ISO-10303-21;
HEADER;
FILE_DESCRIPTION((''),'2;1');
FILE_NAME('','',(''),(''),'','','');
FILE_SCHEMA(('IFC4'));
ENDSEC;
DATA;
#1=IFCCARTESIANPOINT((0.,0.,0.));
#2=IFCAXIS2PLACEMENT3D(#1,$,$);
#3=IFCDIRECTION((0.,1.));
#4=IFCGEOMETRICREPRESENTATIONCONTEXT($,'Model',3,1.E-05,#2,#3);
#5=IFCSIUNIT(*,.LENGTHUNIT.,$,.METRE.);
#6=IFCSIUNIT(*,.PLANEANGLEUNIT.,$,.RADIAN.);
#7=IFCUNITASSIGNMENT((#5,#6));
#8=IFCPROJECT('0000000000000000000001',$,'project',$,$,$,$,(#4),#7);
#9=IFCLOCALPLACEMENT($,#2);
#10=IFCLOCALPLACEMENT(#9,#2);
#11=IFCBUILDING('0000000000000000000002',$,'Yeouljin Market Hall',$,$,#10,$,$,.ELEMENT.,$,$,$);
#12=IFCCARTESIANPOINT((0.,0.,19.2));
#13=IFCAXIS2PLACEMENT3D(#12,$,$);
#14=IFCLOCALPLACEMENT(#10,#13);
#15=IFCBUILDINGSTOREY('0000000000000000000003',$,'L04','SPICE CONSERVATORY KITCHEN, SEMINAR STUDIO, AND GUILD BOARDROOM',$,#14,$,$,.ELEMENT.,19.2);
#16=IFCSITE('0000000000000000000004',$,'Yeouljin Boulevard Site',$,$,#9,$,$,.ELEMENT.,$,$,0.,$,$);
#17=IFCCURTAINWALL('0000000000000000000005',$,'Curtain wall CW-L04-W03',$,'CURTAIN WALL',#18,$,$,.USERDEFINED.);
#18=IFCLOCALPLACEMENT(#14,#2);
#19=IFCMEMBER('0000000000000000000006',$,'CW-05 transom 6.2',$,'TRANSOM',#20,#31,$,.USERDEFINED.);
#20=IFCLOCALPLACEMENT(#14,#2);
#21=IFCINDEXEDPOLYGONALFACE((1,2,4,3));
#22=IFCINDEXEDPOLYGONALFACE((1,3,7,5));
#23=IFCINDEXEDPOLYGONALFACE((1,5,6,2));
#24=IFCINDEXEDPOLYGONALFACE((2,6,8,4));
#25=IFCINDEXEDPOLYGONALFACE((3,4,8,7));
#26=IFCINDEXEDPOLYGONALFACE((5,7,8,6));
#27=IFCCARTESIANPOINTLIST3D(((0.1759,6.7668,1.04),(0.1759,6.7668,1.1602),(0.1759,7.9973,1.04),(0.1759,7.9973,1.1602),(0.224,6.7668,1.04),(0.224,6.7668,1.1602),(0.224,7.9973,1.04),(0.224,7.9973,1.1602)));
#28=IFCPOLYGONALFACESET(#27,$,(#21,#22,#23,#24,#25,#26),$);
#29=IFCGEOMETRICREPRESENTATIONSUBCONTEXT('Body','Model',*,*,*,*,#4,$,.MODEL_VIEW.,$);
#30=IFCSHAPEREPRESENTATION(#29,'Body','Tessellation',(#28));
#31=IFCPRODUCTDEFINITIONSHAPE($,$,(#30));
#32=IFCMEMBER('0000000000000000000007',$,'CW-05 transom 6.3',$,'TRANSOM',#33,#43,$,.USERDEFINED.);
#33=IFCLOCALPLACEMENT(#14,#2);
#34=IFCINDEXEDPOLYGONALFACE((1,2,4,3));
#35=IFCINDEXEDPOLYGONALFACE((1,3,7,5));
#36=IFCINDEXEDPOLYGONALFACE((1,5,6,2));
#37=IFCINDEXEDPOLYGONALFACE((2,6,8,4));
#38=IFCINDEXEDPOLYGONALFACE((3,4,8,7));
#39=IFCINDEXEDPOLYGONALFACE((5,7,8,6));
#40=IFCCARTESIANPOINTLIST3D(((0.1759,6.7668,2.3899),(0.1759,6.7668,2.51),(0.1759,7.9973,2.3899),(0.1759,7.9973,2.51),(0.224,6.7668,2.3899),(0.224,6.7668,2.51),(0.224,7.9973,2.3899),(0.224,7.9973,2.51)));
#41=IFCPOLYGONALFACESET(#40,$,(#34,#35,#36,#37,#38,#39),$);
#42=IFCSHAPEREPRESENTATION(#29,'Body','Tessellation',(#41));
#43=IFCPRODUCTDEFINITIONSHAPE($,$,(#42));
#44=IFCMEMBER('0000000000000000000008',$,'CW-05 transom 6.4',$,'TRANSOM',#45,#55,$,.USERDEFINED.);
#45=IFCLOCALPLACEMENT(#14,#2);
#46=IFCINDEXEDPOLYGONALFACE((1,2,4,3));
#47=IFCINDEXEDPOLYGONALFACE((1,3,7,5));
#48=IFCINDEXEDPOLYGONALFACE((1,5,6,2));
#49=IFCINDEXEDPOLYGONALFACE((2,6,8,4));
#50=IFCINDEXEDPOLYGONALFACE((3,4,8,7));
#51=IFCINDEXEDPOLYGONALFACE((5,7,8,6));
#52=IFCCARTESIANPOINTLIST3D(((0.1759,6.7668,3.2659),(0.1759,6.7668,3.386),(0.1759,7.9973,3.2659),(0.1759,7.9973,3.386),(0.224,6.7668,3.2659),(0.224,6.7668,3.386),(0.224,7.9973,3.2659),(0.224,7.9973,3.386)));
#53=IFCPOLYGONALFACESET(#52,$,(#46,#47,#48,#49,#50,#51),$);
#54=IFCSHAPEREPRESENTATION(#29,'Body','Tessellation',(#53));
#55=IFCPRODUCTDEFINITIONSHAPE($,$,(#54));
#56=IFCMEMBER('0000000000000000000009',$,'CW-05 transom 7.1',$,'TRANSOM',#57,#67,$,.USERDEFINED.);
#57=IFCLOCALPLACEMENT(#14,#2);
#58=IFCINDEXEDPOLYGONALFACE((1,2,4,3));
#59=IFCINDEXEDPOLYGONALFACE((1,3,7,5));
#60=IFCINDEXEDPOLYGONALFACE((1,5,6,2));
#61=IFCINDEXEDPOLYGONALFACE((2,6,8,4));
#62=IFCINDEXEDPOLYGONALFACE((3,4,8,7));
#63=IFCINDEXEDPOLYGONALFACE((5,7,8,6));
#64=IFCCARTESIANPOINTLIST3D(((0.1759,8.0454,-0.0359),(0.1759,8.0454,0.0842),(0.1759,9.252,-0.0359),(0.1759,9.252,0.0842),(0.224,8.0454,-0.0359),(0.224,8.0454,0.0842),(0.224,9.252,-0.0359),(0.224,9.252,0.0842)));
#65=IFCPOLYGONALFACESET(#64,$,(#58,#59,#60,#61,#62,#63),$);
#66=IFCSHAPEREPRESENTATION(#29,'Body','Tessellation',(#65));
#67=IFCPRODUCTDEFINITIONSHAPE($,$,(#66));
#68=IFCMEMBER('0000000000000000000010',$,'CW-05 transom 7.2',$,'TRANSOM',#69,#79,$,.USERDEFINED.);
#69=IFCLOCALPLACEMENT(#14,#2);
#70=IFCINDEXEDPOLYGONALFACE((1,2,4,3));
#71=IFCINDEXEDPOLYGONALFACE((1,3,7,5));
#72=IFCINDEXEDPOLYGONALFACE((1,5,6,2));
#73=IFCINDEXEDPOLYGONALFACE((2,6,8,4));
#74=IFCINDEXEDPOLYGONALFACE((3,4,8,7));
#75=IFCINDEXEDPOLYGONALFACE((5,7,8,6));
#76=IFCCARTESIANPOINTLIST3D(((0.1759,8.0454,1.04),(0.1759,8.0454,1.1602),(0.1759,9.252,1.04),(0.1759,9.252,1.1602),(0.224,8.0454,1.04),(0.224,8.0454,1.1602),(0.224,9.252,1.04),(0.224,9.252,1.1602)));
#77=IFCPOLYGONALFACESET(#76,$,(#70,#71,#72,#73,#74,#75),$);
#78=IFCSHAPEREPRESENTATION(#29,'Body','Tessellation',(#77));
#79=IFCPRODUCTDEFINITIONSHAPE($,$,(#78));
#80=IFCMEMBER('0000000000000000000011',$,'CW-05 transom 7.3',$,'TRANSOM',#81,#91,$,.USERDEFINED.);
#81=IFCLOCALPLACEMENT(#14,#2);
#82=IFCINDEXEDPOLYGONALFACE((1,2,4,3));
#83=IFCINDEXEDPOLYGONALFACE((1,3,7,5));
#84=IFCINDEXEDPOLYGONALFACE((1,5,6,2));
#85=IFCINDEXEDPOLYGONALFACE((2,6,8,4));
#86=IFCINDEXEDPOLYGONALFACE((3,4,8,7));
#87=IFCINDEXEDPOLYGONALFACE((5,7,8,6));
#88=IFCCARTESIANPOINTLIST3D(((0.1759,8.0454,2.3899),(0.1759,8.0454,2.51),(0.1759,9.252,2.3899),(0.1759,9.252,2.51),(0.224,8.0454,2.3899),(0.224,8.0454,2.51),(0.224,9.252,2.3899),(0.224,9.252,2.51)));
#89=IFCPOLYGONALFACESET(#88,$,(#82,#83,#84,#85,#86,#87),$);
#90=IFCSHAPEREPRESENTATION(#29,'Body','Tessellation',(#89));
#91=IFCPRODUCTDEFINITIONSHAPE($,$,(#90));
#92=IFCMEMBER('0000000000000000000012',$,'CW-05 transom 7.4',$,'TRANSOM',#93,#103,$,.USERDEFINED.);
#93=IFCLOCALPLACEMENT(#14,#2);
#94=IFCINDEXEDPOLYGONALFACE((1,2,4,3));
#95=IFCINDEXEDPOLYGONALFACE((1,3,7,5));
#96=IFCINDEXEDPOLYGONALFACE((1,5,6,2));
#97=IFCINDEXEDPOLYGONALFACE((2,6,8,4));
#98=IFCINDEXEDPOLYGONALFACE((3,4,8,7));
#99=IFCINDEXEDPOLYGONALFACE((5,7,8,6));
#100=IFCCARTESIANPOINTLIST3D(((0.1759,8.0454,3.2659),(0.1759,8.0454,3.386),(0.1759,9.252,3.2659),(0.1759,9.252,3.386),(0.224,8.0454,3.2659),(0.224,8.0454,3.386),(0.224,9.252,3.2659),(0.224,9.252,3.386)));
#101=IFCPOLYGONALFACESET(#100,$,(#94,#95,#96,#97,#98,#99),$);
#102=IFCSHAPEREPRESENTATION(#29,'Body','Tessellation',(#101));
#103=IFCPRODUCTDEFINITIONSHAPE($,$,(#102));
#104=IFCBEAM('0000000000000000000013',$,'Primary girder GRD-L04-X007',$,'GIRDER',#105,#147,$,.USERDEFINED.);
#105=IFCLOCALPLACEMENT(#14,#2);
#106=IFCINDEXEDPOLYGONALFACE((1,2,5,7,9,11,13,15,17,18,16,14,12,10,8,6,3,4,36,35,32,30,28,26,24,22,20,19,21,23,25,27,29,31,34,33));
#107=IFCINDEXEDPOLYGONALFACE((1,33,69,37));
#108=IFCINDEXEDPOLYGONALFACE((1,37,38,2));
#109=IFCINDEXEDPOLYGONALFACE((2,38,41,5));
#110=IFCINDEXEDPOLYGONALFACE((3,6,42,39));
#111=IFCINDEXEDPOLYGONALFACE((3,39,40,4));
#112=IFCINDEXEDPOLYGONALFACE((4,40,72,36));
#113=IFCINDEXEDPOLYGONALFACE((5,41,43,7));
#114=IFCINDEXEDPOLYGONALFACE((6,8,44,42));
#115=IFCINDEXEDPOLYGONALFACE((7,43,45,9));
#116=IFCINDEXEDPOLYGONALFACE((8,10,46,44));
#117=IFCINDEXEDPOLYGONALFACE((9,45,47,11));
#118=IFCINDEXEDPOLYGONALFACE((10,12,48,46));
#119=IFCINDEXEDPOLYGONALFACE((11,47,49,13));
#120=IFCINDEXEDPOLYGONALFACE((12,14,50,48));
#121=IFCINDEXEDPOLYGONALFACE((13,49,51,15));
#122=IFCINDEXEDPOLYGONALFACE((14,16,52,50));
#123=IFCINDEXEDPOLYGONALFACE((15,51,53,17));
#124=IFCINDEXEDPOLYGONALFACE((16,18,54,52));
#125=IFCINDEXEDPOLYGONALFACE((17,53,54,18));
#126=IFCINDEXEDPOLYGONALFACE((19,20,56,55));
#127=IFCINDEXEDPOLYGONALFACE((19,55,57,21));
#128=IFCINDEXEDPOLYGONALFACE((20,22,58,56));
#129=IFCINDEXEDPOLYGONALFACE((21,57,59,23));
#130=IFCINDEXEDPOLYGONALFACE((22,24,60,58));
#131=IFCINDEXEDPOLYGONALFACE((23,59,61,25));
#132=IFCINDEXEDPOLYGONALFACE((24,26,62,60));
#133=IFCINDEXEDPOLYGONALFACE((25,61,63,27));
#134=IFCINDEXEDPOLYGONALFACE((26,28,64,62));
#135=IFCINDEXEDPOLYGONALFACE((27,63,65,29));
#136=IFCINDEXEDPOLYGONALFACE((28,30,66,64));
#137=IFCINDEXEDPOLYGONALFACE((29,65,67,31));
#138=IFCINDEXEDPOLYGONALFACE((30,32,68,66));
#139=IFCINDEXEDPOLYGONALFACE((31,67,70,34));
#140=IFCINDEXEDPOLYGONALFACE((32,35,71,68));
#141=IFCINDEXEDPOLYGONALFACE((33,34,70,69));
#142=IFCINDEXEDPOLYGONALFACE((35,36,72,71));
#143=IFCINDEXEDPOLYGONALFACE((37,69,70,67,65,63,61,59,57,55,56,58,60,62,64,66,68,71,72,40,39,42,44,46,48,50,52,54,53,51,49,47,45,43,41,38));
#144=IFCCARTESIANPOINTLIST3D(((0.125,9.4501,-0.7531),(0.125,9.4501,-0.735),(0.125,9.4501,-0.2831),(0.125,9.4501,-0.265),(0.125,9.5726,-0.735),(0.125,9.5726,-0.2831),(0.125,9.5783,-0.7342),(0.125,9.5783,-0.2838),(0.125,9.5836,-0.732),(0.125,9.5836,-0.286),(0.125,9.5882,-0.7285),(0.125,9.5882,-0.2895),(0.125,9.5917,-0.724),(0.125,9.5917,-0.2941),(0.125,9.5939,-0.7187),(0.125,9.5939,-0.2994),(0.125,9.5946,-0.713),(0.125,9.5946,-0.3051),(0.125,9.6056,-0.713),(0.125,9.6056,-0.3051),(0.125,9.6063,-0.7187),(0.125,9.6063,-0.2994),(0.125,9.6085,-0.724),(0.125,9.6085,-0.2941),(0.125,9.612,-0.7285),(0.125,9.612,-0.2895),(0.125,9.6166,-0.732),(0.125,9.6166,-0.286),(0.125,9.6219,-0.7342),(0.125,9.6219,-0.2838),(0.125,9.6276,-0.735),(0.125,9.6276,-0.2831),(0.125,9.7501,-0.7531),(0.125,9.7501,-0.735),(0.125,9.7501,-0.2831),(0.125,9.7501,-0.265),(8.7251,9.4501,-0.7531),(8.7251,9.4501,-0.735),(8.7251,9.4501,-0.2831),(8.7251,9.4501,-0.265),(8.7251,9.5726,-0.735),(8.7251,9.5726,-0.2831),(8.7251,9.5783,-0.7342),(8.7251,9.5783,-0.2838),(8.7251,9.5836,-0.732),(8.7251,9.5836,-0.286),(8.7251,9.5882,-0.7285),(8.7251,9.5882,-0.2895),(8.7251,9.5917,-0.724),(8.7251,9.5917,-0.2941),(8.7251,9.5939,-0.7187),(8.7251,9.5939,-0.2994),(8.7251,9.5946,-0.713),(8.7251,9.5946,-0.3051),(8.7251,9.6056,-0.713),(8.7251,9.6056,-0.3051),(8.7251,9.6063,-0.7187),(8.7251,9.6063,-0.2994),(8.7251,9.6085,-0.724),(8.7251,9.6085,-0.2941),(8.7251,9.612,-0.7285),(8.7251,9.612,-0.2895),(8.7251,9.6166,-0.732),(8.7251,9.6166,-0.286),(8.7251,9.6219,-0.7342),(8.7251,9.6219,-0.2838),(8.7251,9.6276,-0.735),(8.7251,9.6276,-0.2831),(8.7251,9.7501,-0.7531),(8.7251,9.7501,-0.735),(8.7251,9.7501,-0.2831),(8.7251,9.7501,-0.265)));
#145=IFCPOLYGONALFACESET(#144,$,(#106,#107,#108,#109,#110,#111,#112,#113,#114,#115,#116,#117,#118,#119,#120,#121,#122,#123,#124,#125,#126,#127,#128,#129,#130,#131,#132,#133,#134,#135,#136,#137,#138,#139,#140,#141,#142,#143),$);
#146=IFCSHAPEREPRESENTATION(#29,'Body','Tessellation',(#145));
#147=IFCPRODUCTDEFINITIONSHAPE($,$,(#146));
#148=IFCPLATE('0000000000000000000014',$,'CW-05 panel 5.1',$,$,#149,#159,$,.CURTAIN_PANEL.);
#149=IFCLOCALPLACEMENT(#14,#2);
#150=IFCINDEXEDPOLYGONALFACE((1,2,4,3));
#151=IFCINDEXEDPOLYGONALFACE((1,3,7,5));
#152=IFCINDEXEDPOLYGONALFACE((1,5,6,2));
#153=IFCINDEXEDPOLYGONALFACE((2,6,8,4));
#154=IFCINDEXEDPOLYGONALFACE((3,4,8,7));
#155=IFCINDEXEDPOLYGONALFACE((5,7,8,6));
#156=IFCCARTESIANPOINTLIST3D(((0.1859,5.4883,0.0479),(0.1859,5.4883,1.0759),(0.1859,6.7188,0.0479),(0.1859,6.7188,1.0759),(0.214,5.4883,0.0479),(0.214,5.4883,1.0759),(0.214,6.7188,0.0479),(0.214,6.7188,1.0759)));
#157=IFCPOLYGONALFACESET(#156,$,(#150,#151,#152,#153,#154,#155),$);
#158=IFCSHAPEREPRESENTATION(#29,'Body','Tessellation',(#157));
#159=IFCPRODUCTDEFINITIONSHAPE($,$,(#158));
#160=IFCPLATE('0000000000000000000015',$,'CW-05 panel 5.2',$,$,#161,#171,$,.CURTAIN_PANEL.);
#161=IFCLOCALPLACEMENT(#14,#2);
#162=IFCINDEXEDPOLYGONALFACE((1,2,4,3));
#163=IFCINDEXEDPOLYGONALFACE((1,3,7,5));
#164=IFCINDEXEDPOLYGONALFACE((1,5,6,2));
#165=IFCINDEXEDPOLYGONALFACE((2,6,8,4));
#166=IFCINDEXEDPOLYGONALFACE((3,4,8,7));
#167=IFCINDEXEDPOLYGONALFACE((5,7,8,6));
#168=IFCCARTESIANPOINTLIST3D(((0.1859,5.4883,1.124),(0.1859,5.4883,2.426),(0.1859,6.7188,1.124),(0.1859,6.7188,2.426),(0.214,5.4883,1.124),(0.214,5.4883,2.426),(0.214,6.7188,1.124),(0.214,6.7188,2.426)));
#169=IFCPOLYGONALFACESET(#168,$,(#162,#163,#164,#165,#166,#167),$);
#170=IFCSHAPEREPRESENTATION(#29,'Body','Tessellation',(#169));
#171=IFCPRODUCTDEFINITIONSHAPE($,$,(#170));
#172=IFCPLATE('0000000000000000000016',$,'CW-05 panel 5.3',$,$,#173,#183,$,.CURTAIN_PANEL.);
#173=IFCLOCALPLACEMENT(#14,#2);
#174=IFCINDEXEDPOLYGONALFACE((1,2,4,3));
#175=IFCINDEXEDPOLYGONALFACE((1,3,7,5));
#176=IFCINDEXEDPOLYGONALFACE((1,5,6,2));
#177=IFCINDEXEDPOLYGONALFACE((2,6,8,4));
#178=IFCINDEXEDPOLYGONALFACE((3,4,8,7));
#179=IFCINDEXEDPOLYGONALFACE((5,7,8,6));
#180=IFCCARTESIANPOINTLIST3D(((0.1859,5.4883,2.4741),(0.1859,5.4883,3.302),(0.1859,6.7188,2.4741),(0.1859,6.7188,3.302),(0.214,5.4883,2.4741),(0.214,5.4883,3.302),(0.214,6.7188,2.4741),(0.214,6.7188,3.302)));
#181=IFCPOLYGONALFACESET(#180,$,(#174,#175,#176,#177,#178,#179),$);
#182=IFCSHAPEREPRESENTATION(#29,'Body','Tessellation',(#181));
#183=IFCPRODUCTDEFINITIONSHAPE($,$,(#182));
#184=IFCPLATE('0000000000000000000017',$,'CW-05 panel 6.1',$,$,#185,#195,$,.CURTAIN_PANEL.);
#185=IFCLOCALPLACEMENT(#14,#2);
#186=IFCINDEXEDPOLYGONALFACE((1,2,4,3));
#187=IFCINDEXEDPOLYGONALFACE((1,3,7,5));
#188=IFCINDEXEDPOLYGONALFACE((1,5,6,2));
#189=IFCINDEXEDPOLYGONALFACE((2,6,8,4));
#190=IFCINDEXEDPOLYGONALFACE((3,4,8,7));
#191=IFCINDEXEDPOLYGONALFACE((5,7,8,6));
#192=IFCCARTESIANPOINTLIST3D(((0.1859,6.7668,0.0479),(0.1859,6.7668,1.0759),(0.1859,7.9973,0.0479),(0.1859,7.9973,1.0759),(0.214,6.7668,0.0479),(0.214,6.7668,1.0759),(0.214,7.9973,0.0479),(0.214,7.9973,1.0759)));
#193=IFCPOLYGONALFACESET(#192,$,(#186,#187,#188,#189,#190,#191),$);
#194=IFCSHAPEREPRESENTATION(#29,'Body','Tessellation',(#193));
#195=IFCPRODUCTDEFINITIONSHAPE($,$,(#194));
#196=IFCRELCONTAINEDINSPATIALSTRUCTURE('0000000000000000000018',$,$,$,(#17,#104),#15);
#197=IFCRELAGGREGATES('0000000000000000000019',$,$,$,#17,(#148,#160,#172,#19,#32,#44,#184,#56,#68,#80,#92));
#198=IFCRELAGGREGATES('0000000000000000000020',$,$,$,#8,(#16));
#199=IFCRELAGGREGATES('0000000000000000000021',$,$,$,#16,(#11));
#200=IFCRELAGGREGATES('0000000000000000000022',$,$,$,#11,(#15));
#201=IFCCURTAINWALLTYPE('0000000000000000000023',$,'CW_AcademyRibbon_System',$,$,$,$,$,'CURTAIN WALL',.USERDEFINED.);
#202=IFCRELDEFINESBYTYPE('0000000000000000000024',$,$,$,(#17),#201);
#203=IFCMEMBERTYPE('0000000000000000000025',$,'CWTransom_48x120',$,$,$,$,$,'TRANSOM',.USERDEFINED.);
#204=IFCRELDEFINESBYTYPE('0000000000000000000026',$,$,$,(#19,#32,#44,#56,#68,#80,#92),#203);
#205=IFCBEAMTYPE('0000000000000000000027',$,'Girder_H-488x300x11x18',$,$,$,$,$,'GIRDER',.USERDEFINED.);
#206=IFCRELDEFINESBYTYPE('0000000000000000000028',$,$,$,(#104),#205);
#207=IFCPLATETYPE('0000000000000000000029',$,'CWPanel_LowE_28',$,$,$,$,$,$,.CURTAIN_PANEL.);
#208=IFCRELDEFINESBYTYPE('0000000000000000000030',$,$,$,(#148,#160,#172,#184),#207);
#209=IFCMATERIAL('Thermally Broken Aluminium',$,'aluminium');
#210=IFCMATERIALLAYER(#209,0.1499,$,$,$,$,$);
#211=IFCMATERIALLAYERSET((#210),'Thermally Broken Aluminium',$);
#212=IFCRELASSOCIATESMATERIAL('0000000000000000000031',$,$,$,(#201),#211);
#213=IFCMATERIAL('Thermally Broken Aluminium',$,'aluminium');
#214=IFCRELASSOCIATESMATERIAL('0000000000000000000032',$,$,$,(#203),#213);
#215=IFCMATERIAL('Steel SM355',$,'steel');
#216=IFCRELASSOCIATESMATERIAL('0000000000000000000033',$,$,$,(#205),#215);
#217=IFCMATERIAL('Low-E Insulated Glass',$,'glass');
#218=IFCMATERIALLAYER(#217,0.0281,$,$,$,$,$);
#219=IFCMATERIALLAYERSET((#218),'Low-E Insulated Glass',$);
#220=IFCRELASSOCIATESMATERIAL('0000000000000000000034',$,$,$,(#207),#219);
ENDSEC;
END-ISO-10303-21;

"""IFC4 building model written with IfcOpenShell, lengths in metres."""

from ifc_helpers import new_model, si_unit, direction, frame, origin, origin_2d, place, context, subcontext, project, spatial, rectangle, i_section, extrude, material, layer, layer_set, material_profile, profile_set, type_object, element, aggregate, save


model = new_model("IFC4")

# Units and contexts
model_context = context("Model", 3, precision=1e-05, world=origin(), true_north=direction((0.0, 1.0)))
body_context = subcontext(model_context, "Body", "Model", "MODEL_VIEW")
ifc_project = project(units=[si_unit("LENGTHUNIT", "METRE"), si_unit("PLANEANGLEUNIT", "RADIAN")], contexts=[model_context])

# Site, building, storey
site_placement = place(None, origin())
site = spatial("IfcSite", under=ifc_project, at=site_placement, Name="Yeouljin Boulevard Site", CompositionType="ELEMENT", RefElevation=0.0)
building_placement = place(site_placement, origin())
building = spatial("IfcBuilding", under=site, at=building_placement, Name="Yeouljin Market Hall", CompositionType="ELEMENT")
storey_placement = place(building_placement, frame((0.0, 0.0, 19.2)))
storey = spatial("IfcBuildingStorey", under=building, at=storey_placement, Name="L04", Description="SPICE CONSERVATORY KITCHEN, SEMINAR STUDIO, AND GUILD BOARDROOM", CompositionType="ELEMENT", Elevation=19.2)

# Curtain wall, members
ifc_material_1 = material(Name="Thermally Broken Aluminium", Category="aluminium")
ifc_layer_1 = layer(ifc_material_1, 0.1499)
ifc_layer_set_1 = layer_set([ifc_layer_1], Name="Thermally Broken Aluminium")
curtain_wall_type = type_object("IfcCurtainWallType", Name="CW_AcademyRibbon_System", ElementType="CURTAIN WALL", PredefinedType="USERDEFINED", material=ifc_layer_set_1)
curtain_wall_placement = place(storey_placement, origin())
curtain_wall = element("IfcCurtainWall", 1, at=curtain_wall_placement, inside=storey, type_object=curtain_wall_type, Name="Curtain wall CW-L04-W03", ObjectType="CURTAIN WALL", PredefinedType="USERDEFINED")
ifc_material_2 = material(Name="Thermally Broken Aluminium", Category="aluminium")
ifc_material_profile_1 = material_profile(ifc_material_2, rectangle(XDim=0.0481, YDim=0.1201, at=origin_2d()), Name="CW-TRAN-48x120")
ifc_profile_set_1 = profile_set([ifc_material_profile_1], Name="Thermally Broken Aluminium")
member_type_1 = type_object("IfcMemberType", Name="CWTransom_48x120", ElementType="TRANSOM", PredefinedType="USERDEFINED", material=ifc_profile_set_1)
member_1_placement = place(storey_placement, frame((0.2, 6.7668, 1.1001), z_axis=(0.0, 1.0, 0.0), x_axis=(-1.0, 0.0, 0.0)))
member_1 = element("IfcMember", 2, at=member_1_placement, type_object=member_type_1, Name="CW-05 transom 6.2", ObjectType="TRANSOM", PredefinedType="USERDEFINED", context=body_context, shape_type="SweptSolid", body=[
    extrude(rectangle(XDim=0.0481, YDim=0.1201, at=origin_2d()), origin(), (0.0, 0.0, 1.0), 1.2305),
])
member_2_placement = place(storey_placement, frame((0.2, 6.7668, 2.45), z_axis=(0.0, 1.0, 0.0), x_axis=(-1.0, 0.0, 0.0)))
member_2 = element("IfcMember", 3, at=member_2_placement, type_object=member_type_1, Name="CW-05 transom 6.3", ObjectType="TRANSOM", PredefinedType="USERDEFINED", context=body_context, shape_type="SweptSolid", body=[
    extrude(rectangle(XDim=0.0481, YDim=0.1201, at=origin_2d()), origin(), (0.0, 0.0, 1.0), 1.2305),
])
member_3_placement = place(storey_placement, frame((0.2, 6.7668, 3.3259), z_axis=(0.0, 1.0, 0.0), x_axis=(-1.0, 0.0, 0.0)))
member_3 = element("IfcMember", 4, at=member_3_placement, type_object=member_type_1, Name="CW-05 transom 6.4", ObjectType="TRANSOM", PredefinedType="USERDEFINED", context=body_context, shape_type="SweptSolid", body=[
    extrude(rectangle(XDim=0.0481, YDim=0.1201, at=origin_2d()), origin(), (0.0, 0.0, 1.0), 1.2305),
])
member_4_placement = place(storey_placement, frame((0.2, 8.0454, 0.0242), z_axis=(0.0, 1.0, 0.0), x_axis=(-1.0, 0.0, 0.0)))
member_4 = element("IfcMember", 5, at=member_4_placement, type_object=member_type_1, Name="CW-05 transom 7.1", ObjectType="TRANSOM", PredefinedType="USERDEFINED", context=body_context, shape_type="SweptSolid", body=[
    extrude(rectangle(XDim=0.0481, YDim=0.1201, at=origin_2d()), origin(), (0.0, 0.0, 1.0), 1.2065),
])
member_5_placement = place(storey_placement, frame((0.2, 8.0454, 1.1001), z_axis=(0.0, 1.0, 0.0), x_axis=(-1.0, 0.0, 0.0)))
member_5 = element("IfcMember", 6, at=member_5_placement, type_object=member_type_1, Name="CW-05 transom 7.2", ObjectType="TRANSOM", PredefinedType="USERDEFINED", context=body_context, shape_type="SweptSolid", body=[
    extrude(rectangle(XDim=0.0481, YDim=0.1201, at=origin_2d()), origin(), (0.0, 0.0, 1.0), 1.2065),
])
member_6_placement = place(storey_placement, frame((0.2, 8.0454, 2.45), z_axis=(0.0, 1.0, 0.0), x_axis=(-1.0, 0.0, 0.0)))
member_6 = element("IfcMember", 7, at=member_6_placement, type_object=member_type_1, Name="CW-05 transom 7.3", ObjectType="TRANSOM", PredefinedType="USERDEFINED", context=body_context, shape_type="SweptSolid", body=[
    extrude(rectangle(XDim=0.0481, YDim=0.1201, at=origin_2d()), origin(), (0.0, 0.0, 1.0), 1.2065),
])
member_7_placement = place(storey_placement, frame((0.2, 8.0454, 3.3259), z_axis=(0.0, 1.0, 0.0), x_axis=(-1.0, 0.0, 0.0)))
member_7 = element("IfcMember", 8, at=member_7_placement, type_object=member_type_1, Name="CW-05 transom 7.4", ObjectType="TRANSOM", PredefinedType="USERDEFINED", context=body_context, shape_type="SweptSolid", body=[
    extrude(rectangle(XDim=0.0481, YDim=0.1201, at=origin_2d()), origin(), (0.0, 0.0, 1.0), 1.2065),
])

# Beam
ifc_material_3 = material(Name="Steel SM355", Category="steel")
ifc_material_profile_2 = material_profile(ifc_material_3, i_section(OverallWidth=0.3, OverallDepth=0.488, WebThickness=0.011, FlangeThickness=0.0181, FilletRadius=0.022, at=origin_2d()), Name="H-488x300x11x18")
ifc_profile_set_2 = profile_set([ifc_material_profile_2], Name="Steel SM355")
beam_type = type_object("IfcBeamType", Name="Girder_H-488x300x11x18", ElementType="GIRDER", PredefinedType="USERDEFINED", material=ifc_profile_set_2)
beam_placement = place(storey_placement, frame((0.125, 9.6001, -0.509), z_axis=(1.0, 0.0, 0.0), x_axis=(0.0, 1.0, 0.0)))
element("IfcBeam", 9, at=beam_placement, inside=storey, type_object=beam_type, Name="Primary girder GRD-L04-X007", ObjectType="GIRDER", PredefinedType="USERDEFINED", context=body_context, shape_type="SweptSolid", body=[
    extrude(i_section(OverallWidth=0.3, OverallDepth=0.488, WebThickness=0.011, FlangeThickness=0.0181, FilletRadius=0.022, at=origin_2d()), origin(), (0.0, 0.0, 1.0), 8.6001),
])

# Plates
ifc_material_4 = material(Name="Low-E Insulated Glass", Category="glass")
ifc_layer_2 = layer(ifc_material_4, 0.0281)
ifc_layer_set_2 = layer_set([ifc_layer_2], Name="Low-E Insulated Glass")
plate_type = type_object("IfcPlateType", Name="CWPanel_LowE_28", PredefinedType="CURTAIN_PANEL", material=ifc_layer_set_2)
plate_1_placement = place(storey_placement, frame((0.2, 6.1035, 0.0479), z_axis=(0.0, 0.0, 1.0), x_axis=(0.0, 1.0, 0.0)))
plate_1 = element("IfcPlate", 10, at=plate_1_placement, type_object=plate_type, Name="CW-05 panel 5.1", PredefinedType="CURTAIN_PANEL", context=body_context, shape_type="SweptSolid", body=[
    extrude(rectangle(XDim=1.2305, YDim=0.0281, at=origin_2d()), origin(), (0.0, 0.0, 1.0), 1.0281),
])
plate_2_placement = place(storey_placement, frame((0.2, 6.1035, 1.124), z_axis=(0.0, 0.0, 1.0), x_axis=(0.0, 1.0, 0.0)))
plate_2 = element("IfcPlate", 11, at=plate_2_placement, type_object=plate_type, Name="CW-05 panel 5.2", PredefinedType="CURTAIN_PANEL", context=body_context, shape_type="SweptSolid", body=[
    extrude(rectangle(XDim=1.2305, YDim=0.0281, at=origin_2d()), origin(), (0.0, 0.0, 1.0), 1.302),
])
plate_3_placement = place(storey_placement, frame((0.2, 6.1035, 2.4741), z_axis=(0.0, 0.0, 1.0), x_axis=(0.0, 1.0, 0.0)))
plate_3 = element("IfcPlate", 12, at=plate_3_placement, type_object=plate_type, Name="CW-05 panel 5.3", PredefinedType="CURTAIN_PANEL", context=body_context, shape_type="SweptSolid", body=[
    extrude(rectangle(XDim=1.2305, YDim=0.0281, at=origin_2d()), origin(), (0.0, 0.0, 1.0), 0.8279),
])
plate_4_placement = place(storey_placement, frame((0.2, 7.3821, 0.0479), z_axis=(0.0, 0.0, 1.0), x_axis=(0.0, 1.0, 0.0)))
plate_4 = element("IfcPlate", 13, at=plate_4_placement, type_object=plate_type, Name="CW-05 panel 6.1", PredefinedType="CURTAIN_PANEL", context=body_context, shape_type="SweptSolid", body=[
    extrude(rectangle(XDim=1.2305, YDim=0.0281, at=origin_2d()), origin(), (0.0, 0.0, 1.0), 1.0281),
])
aggregate(curtain_wall, [plate_1, plate_2, plate_3, member_1, member_2, member_3, plate_4, member_4, member_5, member_6, member_7])

save(model, "model.ifc")
